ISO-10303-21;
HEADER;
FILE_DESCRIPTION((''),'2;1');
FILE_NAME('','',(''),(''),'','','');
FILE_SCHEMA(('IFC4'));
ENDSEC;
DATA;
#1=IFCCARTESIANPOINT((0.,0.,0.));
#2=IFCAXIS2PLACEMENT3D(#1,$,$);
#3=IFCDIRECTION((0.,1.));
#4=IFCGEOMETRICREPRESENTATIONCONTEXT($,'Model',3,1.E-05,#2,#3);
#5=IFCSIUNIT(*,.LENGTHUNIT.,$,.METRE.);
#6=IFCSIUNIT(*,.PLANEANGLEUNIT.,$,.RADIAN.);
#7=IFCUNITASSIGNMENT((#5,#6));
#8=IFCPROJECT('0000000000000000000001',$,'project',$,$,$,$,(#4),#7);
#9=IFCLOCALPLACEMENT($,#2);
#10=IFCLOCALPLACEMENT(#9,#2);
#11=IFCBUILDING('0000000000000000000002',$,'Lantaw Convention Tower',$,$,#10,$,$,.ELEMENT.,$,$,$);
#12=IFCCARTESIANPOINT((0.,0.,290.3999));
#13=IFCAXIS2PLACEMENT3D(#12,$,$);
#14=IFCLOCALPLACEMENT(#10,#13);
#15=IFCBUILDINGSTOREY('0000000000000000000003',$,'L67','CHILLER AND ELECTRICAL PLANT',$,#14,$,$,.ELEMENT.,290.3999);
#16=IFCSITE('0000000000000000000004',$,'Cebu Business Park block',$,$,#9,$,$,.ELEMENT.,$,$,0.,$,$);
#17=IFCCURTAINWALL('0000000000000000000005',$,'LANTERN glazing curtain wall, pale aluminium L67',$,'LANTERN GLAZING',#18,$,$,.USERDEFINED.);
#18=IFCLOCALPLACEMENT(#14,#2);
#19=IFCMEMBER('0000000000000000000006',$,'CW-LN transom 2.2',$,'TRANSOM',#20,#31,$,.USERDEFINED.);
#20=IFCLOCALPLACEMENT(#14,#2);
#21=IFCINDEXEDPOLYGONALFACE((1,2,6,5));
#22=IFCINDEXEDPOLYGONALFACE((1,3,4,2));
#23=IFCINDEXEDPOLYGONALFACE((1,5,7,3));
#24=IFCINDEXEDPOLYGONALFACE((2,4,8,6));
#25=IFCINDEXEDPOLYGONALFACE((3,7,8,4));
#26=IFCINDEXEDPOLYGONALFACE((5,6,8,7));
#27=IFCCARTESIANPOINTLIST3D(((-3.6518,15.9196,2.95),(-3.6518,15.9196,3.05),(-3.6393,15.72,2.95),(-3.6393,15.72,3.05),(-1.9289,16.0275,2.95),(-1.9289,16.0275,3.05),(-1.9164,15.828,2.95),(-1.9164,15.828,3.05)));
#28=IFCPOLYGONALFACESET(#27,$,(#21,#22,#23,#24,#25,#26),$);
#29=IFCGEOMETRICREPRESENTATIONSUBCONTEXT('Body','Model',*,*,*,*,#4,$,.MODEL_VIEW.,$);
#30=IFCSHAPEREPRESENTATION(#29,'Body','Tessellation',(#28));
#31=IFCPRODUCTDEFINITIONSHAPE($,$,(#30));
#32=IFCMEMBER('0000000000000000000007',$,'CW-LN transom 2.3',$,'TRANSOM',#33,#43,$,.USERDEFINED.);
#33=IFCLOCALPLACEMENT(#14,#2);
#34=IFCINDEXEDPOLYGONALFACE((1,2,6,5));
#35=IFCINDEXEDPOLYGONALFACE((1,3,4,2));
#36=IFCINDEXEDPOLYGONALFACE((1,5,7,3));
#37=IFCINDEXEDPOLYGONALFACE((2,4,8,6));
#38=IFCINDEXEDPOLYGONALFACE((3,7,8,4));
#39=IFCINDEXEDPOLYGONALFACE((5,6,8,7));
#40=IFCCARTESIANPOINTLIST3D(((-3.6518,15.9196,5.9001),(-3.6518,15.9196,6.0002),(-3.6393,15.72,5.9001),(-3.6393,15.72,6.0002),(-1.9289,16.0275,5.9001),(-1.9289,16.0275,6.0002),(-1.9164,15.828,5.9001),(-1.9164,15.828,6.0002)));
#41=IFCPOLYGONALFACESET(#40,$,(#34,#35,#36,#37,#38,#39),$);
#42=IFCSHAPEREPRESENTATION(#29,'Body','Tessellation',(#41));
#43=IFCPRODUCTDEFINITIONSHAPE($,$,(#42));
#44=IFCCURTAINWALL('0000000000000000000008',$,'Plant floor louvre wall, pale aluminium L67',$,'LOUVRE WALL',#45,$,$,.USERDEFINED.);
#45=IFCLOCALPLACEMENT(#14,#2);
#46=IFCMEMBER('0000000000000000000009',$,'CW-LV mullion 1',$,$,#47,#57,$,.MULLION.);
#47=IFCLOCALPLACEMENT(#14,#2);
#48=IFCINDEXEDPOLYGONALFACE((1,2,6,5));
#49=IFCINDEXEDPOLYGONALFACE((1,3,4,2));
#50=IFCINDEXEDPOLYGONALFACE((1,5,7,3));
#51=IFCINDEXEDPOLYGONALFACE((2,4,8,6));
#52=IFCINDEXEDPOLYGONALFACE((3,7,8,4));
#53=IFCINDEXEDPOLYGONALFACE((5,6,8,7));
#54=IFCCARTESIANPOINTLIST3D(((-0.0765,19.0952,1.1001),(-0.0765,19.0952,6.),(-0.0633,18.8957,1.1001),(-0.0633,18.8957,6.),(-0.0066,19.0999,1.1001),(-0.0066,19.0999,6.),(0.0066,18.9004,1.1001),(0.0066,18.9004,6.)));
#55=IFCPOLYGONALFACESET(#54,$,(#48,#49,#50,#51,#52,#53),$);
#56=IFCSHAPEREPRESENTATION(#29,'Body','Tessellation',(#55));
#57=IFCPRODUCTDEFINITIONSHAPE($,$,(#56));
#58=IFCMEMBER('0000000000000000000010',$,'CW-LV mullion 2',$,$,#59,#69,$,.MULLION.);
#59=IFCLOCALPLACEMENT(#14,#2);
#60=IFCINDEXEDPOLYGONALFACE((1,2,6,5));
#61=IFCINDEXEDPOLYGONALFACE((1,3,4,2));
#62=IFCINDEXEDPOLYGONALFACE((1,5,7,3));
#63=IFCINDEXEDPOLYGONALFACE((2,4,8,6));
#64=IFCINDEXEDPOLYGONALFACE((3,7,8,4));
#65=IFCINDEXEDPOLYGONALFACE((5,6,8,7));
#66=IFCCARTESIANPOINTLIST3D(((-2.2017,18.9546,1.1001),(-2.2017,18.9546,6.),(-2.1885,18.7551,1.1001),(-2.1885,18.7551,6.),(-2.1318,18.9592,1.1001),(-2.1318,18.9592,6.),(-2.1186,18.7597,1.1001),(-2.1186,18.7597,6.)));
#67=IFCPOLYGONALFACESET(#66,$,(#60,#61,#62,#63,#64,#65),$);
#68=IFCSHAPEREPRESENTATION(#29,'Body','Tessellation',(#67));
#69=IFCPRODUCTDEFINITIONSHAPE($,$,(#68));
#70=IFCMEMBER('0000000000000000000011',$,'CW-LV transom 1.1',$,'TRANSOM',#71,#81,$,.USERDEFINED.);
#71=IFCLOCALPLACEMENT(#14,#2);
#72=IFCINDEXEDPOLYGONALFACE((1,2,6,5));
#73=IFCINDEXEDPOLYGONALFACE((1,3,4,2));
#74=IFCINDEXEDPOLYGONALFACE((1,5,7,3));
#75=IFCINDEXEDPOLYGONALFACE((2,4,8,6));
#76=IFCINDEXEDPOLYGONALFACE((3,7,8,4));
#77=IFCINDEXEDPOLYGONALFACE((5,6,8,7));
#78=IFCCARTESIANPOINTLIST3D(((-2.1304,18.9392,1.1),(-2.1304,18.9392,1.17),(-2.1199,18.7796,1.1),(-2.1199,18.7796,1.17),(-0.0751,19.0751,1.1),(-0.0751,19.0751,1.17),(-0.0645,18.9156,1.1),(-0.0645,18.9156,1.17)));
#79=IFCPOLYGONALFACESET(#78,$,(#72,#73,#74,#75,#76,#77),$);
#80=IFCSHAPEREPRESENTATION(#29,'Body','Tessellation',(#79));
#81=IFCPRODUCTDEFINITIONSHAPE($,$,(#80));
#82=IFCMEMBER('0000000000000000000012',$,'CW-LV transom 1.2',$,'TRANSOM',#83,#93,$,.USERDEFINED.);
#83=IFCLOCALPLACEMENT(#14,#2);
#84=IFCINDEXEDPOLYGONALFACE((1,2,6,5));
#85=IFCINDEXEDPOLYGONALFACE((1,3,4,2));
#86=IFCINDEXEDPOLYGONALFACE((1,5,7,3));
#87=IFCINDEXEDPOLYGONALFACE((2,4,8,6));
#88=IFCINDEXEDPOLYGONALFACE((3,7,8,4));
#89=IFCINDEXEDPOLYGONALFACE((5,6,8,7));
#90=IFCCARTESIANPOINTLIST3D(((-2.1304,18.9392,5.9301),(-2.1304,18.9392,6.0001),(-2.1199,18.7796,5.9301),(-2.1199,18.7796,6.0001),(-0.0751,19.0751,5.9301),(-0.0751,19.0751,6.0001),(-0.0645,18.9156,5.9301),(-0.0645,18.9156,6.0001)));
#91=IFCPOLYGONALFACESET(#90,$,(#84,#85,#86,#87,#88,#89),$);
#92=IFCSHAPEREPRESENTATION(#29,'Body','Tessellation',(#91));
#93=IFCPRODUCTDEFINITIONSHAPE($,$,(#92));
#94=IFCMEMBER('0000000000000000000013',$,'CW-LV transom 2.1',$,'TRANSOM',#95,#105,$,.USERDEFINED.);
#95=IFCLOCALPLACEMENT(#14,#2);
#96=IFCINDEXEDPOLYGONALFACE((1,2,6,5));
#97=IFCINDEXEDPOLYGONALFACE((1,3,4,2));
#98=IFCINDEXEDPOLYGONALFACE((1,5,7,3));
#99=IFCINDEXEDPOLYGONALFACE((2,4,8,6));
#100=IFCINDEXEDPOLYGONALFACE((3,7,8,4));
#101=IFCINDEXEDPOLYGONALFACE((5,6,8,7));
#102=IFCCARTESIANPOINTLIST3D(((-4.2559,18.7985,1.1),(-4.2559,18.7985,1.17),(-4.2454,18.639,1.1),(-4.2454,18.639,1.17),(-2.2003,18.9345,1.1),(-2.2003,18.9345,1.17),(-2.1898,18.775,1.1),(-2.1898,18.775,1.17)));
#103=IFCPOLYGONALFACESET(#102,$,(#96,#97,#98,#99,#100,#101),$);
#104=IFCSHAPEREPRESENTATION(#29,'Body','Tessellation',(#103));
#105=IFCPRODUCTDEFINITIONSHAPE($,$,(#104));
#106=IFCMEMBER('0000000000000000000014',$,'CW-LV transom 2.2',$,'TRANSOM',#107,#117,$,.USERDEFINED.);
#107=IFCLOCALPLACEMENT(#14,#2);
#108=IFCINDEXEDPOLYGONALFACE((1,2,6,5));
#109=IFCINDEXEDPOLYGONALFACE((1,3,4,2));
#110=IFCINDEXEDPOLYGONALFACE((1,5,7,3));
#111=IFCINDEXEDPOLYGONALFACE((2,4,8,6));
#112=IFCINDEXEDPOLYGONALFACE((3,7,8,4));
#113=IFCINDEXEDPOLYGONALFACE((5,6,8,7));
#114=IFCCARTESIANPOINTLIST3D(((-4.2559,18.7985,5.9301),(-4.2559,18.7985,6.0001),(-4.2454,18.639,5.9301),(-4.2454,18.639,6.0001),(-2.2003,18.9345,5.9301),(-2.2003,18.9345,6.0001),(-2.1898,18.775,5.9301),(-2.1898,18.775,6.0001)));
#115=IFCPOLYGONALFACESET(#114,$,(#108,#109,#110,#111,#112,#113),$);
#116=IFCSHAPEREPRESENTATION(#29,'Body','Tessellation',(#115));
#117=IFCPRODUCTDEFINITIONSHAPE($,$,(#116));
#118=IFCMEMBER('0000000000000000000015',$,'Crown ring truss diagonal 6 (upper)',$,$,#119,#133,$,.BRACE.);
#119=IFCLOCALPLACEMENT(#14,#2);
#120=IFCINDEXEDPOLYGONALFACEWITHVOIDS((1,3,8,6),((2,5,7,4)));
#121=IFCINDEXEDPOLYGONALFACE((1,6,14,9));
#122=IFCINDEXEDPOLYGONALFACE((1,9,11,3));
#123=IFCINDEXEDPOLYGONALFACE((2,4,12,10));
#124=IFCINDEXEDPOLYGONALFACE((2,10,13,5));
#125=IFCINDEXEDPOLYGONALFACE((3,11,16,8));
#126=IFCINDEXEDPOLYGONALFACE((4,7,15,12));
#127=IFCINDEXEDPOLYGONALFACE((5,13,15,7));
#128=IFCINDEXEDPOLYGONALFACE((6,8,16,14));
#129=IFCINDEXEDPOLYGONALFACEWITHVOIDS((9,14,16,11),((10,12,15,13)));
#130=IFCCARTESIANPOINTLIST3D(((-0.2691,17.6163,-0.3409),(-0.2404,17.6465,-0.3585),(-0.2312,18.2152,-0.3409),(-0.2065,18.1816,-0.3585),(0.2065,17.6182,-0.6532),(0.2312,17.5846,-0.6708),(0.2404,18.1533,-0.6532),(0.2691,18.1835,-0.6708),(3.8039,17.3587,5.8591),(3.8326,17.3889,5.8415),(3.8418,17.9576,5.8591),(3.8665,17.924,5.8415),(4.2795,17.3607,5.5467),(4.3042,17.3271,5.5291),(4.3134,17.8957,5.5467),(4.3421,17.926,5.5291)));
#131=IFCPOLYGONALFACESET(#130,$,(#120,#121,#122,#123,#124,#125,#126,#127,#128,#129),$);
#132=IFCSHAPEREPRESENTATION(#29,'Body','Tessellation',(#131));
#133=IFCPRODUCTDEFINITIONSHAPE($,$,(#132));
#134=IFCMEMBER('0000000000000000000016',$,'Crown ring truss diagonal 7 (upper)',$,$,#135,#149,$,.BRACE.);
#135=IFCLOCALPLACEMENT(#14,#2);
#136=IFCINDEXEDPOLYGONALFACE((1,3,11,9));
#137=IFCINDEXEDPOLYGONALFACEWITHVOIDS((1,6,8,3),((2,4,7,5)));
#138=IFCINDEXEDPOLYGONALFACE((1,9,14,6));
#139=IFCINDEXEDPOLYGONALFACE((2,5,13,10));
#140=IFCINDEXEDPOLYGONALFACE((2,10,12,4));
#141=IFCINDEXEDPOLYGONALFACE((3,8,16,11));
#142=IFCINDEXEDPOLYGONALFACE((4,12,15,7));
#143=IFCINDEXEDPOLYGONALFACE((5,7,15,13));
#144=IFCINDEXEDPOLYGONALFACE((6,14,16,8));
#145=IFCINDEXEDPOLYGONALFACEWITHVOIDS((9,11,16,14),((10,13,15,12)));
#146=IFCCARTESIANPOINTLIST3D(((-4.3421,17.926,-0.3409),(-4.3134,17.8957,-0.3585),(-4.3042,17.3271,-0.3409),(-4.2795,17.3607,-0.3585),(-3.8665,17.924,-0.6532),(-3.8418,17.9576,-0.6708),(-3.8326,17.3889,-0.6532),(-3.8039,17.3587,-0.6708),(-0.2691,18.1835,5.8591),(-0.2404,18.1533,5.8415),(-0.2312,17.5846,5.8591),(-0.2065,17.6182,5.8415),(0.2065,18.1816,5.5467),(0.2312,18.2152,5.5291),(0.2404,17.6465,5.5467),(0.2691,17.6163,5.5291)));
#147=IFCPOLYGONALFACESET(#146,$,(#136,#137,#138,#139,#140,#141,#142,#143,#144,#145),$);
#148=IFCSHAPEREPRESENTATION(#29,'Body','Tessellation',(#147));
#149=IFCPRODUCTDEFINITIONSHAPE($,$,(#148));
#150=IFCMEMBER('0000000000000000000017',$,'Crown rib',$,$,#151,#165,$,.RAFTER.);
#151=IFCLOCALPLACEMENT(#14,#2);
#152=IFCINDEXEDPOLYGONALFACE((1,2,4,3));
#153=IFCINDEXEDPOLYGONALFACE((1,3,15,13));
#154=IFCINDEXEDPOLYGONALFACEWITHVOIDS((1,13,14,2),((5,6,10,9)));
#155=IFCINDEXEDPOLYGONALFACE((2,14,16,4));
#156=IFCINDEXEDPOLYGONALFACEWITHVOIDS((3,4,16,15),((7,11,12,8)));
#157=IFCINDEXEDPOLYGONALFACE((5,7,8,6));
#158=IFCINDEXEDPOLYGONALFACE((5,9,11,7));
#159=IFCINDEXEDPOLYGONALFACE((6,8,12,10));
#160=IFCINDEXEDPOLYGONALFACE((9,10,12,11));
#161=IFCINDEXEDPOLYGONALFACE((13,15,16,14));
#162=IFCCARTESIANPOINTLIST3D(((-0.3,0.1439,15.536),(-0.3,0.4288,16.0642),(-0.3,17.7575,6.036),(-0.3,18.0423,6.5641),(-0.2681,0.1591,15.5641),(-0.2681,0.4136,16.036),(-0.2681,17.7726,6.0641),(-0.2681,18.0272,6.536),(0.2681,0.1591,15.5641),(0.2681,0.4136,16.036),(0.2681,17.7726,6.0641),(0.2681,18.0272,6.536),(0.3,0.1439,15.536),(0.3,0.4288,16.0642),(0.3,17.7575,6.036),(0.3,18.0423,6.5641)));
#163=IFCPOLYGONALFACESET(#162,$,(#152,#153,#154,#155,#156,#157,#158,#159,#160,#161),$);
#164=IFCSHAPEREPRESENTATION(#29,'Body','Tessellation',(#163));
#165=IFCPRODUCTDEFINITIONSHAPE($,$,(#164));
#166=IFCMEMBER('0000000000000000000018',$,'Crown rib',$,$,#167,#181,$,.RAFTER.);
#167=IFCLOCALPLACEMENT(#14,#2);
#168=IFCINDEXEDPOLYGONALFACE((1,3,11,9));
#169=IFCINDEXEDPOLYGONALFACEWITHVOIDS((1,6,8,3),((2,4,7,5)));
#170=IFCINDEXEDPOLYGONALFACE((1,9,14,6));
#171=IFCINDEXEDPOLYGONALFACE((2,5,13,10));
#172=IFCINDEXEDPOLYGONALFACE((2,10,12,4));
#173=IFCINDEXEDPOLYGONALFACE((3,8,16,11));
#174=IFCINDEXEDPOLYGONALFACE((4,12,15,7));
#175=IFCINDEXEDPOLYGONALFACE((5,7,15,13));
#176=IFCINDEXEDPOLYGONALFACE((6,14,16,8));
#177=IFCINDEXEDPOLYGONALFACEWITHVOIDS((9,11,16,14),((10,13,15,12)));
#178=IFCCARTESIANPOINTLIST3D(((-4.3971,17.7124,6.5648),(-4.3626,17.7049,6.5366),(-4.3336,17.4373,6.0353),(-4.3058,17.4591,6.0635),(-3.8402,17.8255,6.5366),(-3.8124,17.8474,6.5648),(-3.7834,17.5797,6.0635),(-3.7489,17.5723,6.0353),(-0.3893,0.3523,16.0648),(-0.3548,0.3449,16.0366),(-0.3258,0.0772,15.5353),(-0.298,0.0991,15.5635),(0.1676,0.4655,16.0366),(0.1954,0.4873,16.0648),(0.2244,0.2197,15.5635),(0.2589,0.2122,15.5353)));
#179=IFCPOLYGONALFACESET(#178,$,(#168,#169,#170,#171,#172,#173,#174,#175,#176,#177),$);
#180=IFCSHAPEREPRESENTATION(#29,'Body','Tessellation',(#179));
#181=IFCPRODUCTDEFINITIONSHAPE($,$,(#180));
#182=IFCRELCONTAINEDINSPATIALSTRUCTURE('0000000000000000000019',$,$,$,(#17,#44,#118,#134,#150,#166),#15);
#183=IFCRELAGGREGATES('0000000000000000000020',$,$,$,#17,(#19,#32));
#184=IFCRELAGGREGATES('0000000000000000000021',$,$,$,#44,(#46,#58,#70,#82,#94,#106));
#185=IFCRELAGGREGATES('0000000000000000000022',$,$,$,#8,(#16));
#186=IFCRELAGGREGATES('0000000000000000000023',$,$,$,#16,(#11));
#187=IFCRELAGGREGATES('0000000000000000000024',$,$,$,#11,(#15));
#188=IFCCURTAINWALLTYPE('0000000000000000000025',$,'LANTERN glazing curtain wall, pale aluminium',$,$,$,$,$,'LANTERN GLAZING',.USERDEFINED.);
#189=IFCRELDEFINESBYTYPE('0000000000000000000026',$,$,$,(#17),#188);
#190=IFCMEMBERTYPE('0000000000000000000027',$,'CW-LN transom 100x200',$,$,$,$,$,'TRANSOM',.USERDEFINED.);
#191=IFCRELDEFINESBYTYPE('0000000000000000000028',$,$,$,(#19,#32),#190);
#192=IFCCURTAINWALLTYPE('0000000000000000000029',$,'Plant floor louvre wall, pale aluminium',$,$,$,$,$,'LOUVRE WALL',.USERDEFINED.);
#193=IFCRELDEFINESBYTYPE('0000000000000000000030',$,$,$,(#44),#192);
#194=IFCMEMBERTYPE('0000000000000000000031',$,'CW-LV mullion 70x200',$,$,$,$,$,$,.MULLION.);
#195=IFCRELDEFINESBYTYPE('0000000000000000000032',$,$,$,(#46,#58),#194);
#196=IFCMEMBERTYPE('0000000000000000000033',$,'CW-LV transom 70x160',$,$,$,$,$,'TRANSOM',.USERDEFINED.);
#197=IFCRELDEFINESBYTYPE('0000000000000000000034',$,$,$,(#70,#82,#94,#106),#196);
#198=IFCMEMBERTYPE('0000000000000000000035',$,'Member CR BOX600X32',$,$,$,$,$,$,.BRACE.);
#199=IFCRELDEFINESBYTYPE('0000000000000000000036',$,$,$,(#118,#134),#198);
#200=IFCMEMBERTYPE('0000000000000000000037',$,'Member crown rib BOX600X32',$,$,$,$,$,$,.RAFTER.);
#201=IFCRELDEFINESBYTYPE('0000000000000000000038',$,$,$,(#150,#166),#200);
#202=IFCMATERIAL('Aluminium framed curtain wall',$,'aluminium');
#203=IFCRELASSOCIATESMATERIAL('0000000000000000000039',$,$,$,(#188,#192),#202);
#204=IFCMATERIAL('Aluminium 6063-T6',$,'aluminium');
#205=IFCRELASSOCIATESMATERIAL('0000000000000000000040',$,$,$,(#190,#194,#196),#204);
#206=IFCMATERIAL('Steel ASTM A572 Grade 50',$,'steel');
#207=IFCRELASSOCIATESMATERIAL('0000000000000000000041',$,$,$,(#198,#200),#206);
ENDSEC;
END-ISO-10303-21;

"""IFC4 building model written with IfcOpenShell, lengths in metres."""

from ifc_helpers import new_model, si_unit, direction, frame, origin, origin_2d, place, context, subcontext, project, spatial, rectangle, hollow_rectangle, extrude, material, material_profile, profile_set, type_object, element, aggregate, save


model = new_model("IFC4")

# Units and contexts
model_context = context("Model", 3, precision=1e-05, world=origin(), true_north=direction((0.0, 1.0)))
body_context = subcontext(model_context, "Body", "Model", "MODEL_VIEW")
ifc_project = project(units=[si_unit("LENGTHUNIT", "METRE"), si_unit("PLANEANGLEUNIT", "RADIAN")], contexts=[model_context])

# Site, building, storey
site_placement = place(None, origin())
site = spatial("IfcSite", under=ifc_project, at=site_placement, Name="Cebu Business Park block", CompositionType="ELEMENT", RefElevation=0.0)
building_placement = place(site_placement, origin())
building = spatial("IfcBuilding", under=site, at=building_placement, Name="Lantaw Convention Tower", CompositionType="ELEMENT")
storey_placement = place(building_placement, frame((0.0, 0.0, 290.3999)))
storey = spatial("IfcBuildingStorey", under=building, at=storey_placement, Name="L67", Description="CHILLER AND ELECTRICAL PLANT", CompositionType="ELEMENT", Elevation=290.3999)

# Shared definitions
ifc_material_1 = material(Name="Steel ASTM A572 Grade 50", Category="steel")

# Curtain walls, members
ifc_material_2 = material(Name="Aluminium framed curtain wall", Category="aluminium")
curtain_wall_type_1 = type_object("IfcCurtainWallType", Name="LANTERN glazing curtain wall, pale aluminium", ElementType="LANTERN GLAZING", PredefinedType="USERDEFINED", material=ifc_material_2)
curtain_wall_1_placement = place(storey_placement, origin())
curtain_wall_1 = element("IfcCurtainWall", 1, at=curtain_wall_1_placement, inside=storey, type_object=curtain_wall_type_1, Name="LANTERN glazing curtain wall, pale aluminium L67", ObjectType="LANTERN GLAZING", PredefinedType="USERDEFINED")
ifc_material_3 = material(Name="Aluminium 6063-T6", Category="aluminium")
ifc_material_profile_1 = material_profile(ifc_material_3, rectangle(XDim=0.2, YDim=0.1001, at=origin_2d()), Name="CW-LN transom 100x200")
ifc_profile_set_1 = profile_set([ifc_material_profile_1], Name="Aluminium 6063-T6")
member_type_1 = type_object("IfcMemberType", Name="CW-LN transom 100x200", ElementType="TRANSOM", PredefinedType="USERDEFINED", material=ifc_profile_set_1)
member_1_placement = place(storey_placement, frame((-1.9226, 15.9277, 3.0), z_axis=(-0.998044, -0.06251, 0.0), x_axis=(0.06251, -0.998044, 0.0)))
member_1 = element("IfcMember", 2, at=member_1_placement, type_object=member_type_1, Name="CW-LN transom 2.2", ObjectType="TRANSOM", PredefinedType="USERDEFINED", context=body_context, shape_type="SweptSolid", body=[
    extrude(rectangle(XDim=0.2, YDim=0.1001, at=origin_2d()), origin(), (0.0, 0.0, 1.0), 1.7263),
])
member_2_placement = place(storey_placement, frame((-1.9226, 15.9277, 5.9502), z_axis=(-0.998044, -0.06251, 0.0), x_axis=(0.06251, -0.998044, 0.0)))
member_2 = element("IfcMember", 3, at=member_2_placement, type_object=member_type_1, Name="CW-LN transom 2.3", ObjectType="TRANSOM", PredefinedType="USERDEFINED", context=body_context, shape_type="SweptSolid", body=[
    extrude(rectangle(XDim=0.2, YDim=0.1001, at=origin_2d()), origin(), (0.0, 0.0, 1.0), 1.7263),
])
curtain_wall_type_2 = type_object("IfcCurtainWallType", Name="Plant floor louvre wall, pale aluminium", ElementType="LOUVRE WALL", PredefinedType="USERDEFINED", material=ifc_material_2)
curtain_wall_2_placement = place(storey_placement, origin())
curtain_wall_2 = element("IfcCurtainWall", 4, at=curtain_wall_2_placement, inside=storey, type_object=curtain_wall_type_2, Name="Plant floor louvre wall, pale aluminium L67", ObjectType="LOUVRE WALL", PredefinedType="USERDEFINED")
ifc_material_profile_2 = material_profile(ifc_material_3, rectangle(XDim=0.2, YDim=0.0701, at=origin_2d()), Name="CW-LV mullion 70x200")
ifc_profile_set_2 = profile_set([ifc_material_profile_2], Name="Aluminium 6063-T6")
member_type_2 = type_object("IfcMemberType", Name="CW-LV mullion 70x200", PredefinedType="MULLION", material=ifc_profile_set_2)
member_3_placement = place(storey_placement, frame((-0.0349, 18.9978, 1.1001), z_axis=(0.0, 0.0, 1.0), x_axis=(0.066025, -0.997818, 0.0)))
member_3 = element("IfcMember", 5, at=member_3_placement, type_object=member_type_2, Name="CW-LV mullion 1", PredefinedType="MULLION", context=body_context, shape_type="SweptSolid", body=[
    extrude(rectangle(XDim=0.2, YDim=0.0701, at=origin_2d()), origin(), (0.0, 0.0, 1.0), 4.8999),
])
member_4_placement = place(storey_placement, frame((-2.1602, 18.8572, 1.1001), z_axis=(0.0, 0.0, 1.0), x_axis=(0.066025, -0.997818, 0.0)))
member_4 = element("IfcMember", 6, at=member_4_placement, type_object=member_type_2, Name="CW-LV mullion 2", PredefinedType="MULLION", context=body_context, shape_type="SweptSolid", body=[
    extrude(rectangle(XDim=0.2, YDim=0.0701, at=origin_2d()), origin(), (0.0, 0.0, 1.0), 4.8999),
])
ifc_material_profile_3 = material_profile(ifc_material_3, rectangle(XDim=0.1599, YDim=0.0701, at=origin_2d()), Name="CW-LV transom 70x160")
ifc_profile_set_3 = profile_set([ifc_material_profile_3], Name="Aluminium 6063-T6")
member_type_3 = type_object("IfcMemberType", Name="CW-LV transom 70x160", ElementType="TRANSOM", PredefinedType="USERDEFINED", material=ifc_profile_set_3)
member_5_placement = place(storey_placement, frame((-0.0698, 18.9954, 1.135), z_axis=(-0.997819, -0.066016, 0.0), x_axis=(0.066016, -0.997819, 0.0)))
member_5 = element("IfcMember", 7, at=member_5_placement, type_object=member_type_3, Name="CW-LV transom 1.1", ObjectType="TRANSOM", PredefinedType="USERDEFINED", context=body_context, shape_type="SweptSolid", body=[
    extrude(rectangle(XDim=0.1599, YDim=0.0701, at=origin_2d()), origin(), (0.0, 0.0, 1.0), 2.0598),
])
member_6_placement = place(storey_placement, frame((-0.0698, 18.9954, 5.9651), z_axis=(-0.997819, -0.066016, 0.0), x_axis=(0.066016, -0.997819, 0.0)))
member_6 = element("IfcMember", 8, at=member_6_placement, type_object=member_type_3, Name="CW-LV transom 1.2", ObjectType="TRANSOM", PredefinedType="USERDEFINED", context=body_context, shape_type="SweptSolid", body=[
    extrude(rectangle(XDim=0.1599, YDim=0.0701, at=origin_2d()), origin(), (0.0, 0.0, 1.0), 2.0598),
])
member_7_placement = place(storey_placement, frame((-2.1951, 18.8547, 1.135), z_axis=(-0.997819, -0.066008, 0.0), x_axis=(0.066008, -0.997819, 0.0)))
member_7 = element("IfcMember", 9, at=member_7_placement, type_object=member_type_3, Name="CW-LV transom 2.1", ObjectType="TRANSOM", PredefinedType="USERDEFINED", context=body_context, shape_type="SweptSolid", body=[
    extrude(rectangle(XDim=0.1599, YDim=0.0701, at=origin_2d()), origin(), (0.0, 0.0, 1.0), 2.0601),
])
member_8_placement = place(storey_placement, frame((-2.1951, 18.8547, 5.9651), z_axis=(-0.997819, -0.066008, 0.0), x_axis=(0.066008, -0.997819, 0.0)))
member_8 = element("IfcMember", 10, at=member_8_placement, type_object=member_type_3, Name="CW-LV transom 2.2", ObjectType="TRANSOM", PredefinedType="USERDEFINED", context=body_context, shape_type="SweptSolid", body=[
    extrude(rectangle(XDim=0.1599, YDim=0.0701, at=origin_2d()), origin(), (0.0, 0.0, 1.0), 2.0601),
])

# Members
ifc_material_profile_4 = material_profile(ifc_material_1, hollow_rectangle(XDim=0.6001, YDim=0.6001, WallThickness=0.032, at=origin_2d()), Name="BOX600X32")
ifc_profile_set_4 = profile_set([ifc_material_profile_4], Name="Steel ASTM A572 Grade 50")
member_type_4 = type_object("IfcMemberType", Name="Member CR BOX600X32", PredefinedType="BRACE", material=ifc_profile_set_4)
for number, where, z_axis, x_axis, name in (
    (11, (0.0, 17.8999, -0.5059), (0.548729, -0.034701, 0.83528), (0.063112, 0.998006, 0.0), "Crown ring truss diagonal 6 (upper)"),
    (12, (-4.073, 17.6423, -0.5059), (0.548729, 0.034701, 0.83528), (-0.063112, 0.998006, 0.0), "Crown ring truss diagonal 7 (upper)"),
):
    element("IfcMember", number, at=place(storey_placement, frame(where, z_axis=z_axis, x_axis=x_axis)), inside=storey, type_object=member_type_4, Name=name, PredefinedType="BRACE", context=body_context, shape_type="SweptSolid", body=[
        extrude(hollow_rectangle(XDim=0.6001, YDim=0.6001, WallThickness=0.032, at=origin_2d()), origin(), (0.0, 0.0, 1.0), 7.4226),
    ])
ifc_material_profile_5 = material_profile(ifc_material_1, hollow_rectangle(XDim=0.6001, YDim=0.6001, WallThickness=0.032, at=origin_2d()), Name="BOX600X32")
ifc_profile_set_5 = profile_set([ifc_material_profile_5], Name="Steel ASTM A572 Grade 50")
member_type_5 = type_object("IfcMemberType", Name="Member crown rib BOX600X32", PredefinedType="RAFTER", material=ifc_profile_set_5)
member_9_placement = place(storey_placement, frame((0.0, 17.8999, 6.3), z_axis=(0.0, -0.880141, 0.474712), x_axis=(1.0, 0.0, 0.0)))
element("IfcMember", 13, at=member_9_placement, inside=storey, type_object=member_type_5, Name="Crown rib", PredefinedType="RAFTER", context=body_context, shape_type="SweptSolid", body=[
    extrude(hollow_rectangle(XDim=0.6001, YDim=0.6001, WallThickness=0.032, at=origin_2d()), origin(), (0.0, 0.0, 1.0), 20.0122),
])
member_10_placement = place(storey_placement, frame((-4.073, 17.6423, 6.3), z_axis=(0.198493, -0.859784, 0.470501), x_axis=(0.974371, 0.224947, 0.0)))
element("IfcMember", 14, at=member_10_placement, inside=storey, type_object=member_type_5, Name="Crown rib", PredefinedType="RAFTER", context=body_context, shape_type="SweptSolid", body=[
    extrude(hollow_rectangle(XDim=0.6001, YDim=0.6001, WallThickness=0.032, at=origin_2d()), origin(), (0.0, 0.0, 1.0), 20.1912),
])

aggregate(curtain_wall_1, [member_1, member_2])
aggregate(curtain_wall_2, [member_3, member_4, member_5, member_6, member_7, member_8])

save(model, "model.ifc")
